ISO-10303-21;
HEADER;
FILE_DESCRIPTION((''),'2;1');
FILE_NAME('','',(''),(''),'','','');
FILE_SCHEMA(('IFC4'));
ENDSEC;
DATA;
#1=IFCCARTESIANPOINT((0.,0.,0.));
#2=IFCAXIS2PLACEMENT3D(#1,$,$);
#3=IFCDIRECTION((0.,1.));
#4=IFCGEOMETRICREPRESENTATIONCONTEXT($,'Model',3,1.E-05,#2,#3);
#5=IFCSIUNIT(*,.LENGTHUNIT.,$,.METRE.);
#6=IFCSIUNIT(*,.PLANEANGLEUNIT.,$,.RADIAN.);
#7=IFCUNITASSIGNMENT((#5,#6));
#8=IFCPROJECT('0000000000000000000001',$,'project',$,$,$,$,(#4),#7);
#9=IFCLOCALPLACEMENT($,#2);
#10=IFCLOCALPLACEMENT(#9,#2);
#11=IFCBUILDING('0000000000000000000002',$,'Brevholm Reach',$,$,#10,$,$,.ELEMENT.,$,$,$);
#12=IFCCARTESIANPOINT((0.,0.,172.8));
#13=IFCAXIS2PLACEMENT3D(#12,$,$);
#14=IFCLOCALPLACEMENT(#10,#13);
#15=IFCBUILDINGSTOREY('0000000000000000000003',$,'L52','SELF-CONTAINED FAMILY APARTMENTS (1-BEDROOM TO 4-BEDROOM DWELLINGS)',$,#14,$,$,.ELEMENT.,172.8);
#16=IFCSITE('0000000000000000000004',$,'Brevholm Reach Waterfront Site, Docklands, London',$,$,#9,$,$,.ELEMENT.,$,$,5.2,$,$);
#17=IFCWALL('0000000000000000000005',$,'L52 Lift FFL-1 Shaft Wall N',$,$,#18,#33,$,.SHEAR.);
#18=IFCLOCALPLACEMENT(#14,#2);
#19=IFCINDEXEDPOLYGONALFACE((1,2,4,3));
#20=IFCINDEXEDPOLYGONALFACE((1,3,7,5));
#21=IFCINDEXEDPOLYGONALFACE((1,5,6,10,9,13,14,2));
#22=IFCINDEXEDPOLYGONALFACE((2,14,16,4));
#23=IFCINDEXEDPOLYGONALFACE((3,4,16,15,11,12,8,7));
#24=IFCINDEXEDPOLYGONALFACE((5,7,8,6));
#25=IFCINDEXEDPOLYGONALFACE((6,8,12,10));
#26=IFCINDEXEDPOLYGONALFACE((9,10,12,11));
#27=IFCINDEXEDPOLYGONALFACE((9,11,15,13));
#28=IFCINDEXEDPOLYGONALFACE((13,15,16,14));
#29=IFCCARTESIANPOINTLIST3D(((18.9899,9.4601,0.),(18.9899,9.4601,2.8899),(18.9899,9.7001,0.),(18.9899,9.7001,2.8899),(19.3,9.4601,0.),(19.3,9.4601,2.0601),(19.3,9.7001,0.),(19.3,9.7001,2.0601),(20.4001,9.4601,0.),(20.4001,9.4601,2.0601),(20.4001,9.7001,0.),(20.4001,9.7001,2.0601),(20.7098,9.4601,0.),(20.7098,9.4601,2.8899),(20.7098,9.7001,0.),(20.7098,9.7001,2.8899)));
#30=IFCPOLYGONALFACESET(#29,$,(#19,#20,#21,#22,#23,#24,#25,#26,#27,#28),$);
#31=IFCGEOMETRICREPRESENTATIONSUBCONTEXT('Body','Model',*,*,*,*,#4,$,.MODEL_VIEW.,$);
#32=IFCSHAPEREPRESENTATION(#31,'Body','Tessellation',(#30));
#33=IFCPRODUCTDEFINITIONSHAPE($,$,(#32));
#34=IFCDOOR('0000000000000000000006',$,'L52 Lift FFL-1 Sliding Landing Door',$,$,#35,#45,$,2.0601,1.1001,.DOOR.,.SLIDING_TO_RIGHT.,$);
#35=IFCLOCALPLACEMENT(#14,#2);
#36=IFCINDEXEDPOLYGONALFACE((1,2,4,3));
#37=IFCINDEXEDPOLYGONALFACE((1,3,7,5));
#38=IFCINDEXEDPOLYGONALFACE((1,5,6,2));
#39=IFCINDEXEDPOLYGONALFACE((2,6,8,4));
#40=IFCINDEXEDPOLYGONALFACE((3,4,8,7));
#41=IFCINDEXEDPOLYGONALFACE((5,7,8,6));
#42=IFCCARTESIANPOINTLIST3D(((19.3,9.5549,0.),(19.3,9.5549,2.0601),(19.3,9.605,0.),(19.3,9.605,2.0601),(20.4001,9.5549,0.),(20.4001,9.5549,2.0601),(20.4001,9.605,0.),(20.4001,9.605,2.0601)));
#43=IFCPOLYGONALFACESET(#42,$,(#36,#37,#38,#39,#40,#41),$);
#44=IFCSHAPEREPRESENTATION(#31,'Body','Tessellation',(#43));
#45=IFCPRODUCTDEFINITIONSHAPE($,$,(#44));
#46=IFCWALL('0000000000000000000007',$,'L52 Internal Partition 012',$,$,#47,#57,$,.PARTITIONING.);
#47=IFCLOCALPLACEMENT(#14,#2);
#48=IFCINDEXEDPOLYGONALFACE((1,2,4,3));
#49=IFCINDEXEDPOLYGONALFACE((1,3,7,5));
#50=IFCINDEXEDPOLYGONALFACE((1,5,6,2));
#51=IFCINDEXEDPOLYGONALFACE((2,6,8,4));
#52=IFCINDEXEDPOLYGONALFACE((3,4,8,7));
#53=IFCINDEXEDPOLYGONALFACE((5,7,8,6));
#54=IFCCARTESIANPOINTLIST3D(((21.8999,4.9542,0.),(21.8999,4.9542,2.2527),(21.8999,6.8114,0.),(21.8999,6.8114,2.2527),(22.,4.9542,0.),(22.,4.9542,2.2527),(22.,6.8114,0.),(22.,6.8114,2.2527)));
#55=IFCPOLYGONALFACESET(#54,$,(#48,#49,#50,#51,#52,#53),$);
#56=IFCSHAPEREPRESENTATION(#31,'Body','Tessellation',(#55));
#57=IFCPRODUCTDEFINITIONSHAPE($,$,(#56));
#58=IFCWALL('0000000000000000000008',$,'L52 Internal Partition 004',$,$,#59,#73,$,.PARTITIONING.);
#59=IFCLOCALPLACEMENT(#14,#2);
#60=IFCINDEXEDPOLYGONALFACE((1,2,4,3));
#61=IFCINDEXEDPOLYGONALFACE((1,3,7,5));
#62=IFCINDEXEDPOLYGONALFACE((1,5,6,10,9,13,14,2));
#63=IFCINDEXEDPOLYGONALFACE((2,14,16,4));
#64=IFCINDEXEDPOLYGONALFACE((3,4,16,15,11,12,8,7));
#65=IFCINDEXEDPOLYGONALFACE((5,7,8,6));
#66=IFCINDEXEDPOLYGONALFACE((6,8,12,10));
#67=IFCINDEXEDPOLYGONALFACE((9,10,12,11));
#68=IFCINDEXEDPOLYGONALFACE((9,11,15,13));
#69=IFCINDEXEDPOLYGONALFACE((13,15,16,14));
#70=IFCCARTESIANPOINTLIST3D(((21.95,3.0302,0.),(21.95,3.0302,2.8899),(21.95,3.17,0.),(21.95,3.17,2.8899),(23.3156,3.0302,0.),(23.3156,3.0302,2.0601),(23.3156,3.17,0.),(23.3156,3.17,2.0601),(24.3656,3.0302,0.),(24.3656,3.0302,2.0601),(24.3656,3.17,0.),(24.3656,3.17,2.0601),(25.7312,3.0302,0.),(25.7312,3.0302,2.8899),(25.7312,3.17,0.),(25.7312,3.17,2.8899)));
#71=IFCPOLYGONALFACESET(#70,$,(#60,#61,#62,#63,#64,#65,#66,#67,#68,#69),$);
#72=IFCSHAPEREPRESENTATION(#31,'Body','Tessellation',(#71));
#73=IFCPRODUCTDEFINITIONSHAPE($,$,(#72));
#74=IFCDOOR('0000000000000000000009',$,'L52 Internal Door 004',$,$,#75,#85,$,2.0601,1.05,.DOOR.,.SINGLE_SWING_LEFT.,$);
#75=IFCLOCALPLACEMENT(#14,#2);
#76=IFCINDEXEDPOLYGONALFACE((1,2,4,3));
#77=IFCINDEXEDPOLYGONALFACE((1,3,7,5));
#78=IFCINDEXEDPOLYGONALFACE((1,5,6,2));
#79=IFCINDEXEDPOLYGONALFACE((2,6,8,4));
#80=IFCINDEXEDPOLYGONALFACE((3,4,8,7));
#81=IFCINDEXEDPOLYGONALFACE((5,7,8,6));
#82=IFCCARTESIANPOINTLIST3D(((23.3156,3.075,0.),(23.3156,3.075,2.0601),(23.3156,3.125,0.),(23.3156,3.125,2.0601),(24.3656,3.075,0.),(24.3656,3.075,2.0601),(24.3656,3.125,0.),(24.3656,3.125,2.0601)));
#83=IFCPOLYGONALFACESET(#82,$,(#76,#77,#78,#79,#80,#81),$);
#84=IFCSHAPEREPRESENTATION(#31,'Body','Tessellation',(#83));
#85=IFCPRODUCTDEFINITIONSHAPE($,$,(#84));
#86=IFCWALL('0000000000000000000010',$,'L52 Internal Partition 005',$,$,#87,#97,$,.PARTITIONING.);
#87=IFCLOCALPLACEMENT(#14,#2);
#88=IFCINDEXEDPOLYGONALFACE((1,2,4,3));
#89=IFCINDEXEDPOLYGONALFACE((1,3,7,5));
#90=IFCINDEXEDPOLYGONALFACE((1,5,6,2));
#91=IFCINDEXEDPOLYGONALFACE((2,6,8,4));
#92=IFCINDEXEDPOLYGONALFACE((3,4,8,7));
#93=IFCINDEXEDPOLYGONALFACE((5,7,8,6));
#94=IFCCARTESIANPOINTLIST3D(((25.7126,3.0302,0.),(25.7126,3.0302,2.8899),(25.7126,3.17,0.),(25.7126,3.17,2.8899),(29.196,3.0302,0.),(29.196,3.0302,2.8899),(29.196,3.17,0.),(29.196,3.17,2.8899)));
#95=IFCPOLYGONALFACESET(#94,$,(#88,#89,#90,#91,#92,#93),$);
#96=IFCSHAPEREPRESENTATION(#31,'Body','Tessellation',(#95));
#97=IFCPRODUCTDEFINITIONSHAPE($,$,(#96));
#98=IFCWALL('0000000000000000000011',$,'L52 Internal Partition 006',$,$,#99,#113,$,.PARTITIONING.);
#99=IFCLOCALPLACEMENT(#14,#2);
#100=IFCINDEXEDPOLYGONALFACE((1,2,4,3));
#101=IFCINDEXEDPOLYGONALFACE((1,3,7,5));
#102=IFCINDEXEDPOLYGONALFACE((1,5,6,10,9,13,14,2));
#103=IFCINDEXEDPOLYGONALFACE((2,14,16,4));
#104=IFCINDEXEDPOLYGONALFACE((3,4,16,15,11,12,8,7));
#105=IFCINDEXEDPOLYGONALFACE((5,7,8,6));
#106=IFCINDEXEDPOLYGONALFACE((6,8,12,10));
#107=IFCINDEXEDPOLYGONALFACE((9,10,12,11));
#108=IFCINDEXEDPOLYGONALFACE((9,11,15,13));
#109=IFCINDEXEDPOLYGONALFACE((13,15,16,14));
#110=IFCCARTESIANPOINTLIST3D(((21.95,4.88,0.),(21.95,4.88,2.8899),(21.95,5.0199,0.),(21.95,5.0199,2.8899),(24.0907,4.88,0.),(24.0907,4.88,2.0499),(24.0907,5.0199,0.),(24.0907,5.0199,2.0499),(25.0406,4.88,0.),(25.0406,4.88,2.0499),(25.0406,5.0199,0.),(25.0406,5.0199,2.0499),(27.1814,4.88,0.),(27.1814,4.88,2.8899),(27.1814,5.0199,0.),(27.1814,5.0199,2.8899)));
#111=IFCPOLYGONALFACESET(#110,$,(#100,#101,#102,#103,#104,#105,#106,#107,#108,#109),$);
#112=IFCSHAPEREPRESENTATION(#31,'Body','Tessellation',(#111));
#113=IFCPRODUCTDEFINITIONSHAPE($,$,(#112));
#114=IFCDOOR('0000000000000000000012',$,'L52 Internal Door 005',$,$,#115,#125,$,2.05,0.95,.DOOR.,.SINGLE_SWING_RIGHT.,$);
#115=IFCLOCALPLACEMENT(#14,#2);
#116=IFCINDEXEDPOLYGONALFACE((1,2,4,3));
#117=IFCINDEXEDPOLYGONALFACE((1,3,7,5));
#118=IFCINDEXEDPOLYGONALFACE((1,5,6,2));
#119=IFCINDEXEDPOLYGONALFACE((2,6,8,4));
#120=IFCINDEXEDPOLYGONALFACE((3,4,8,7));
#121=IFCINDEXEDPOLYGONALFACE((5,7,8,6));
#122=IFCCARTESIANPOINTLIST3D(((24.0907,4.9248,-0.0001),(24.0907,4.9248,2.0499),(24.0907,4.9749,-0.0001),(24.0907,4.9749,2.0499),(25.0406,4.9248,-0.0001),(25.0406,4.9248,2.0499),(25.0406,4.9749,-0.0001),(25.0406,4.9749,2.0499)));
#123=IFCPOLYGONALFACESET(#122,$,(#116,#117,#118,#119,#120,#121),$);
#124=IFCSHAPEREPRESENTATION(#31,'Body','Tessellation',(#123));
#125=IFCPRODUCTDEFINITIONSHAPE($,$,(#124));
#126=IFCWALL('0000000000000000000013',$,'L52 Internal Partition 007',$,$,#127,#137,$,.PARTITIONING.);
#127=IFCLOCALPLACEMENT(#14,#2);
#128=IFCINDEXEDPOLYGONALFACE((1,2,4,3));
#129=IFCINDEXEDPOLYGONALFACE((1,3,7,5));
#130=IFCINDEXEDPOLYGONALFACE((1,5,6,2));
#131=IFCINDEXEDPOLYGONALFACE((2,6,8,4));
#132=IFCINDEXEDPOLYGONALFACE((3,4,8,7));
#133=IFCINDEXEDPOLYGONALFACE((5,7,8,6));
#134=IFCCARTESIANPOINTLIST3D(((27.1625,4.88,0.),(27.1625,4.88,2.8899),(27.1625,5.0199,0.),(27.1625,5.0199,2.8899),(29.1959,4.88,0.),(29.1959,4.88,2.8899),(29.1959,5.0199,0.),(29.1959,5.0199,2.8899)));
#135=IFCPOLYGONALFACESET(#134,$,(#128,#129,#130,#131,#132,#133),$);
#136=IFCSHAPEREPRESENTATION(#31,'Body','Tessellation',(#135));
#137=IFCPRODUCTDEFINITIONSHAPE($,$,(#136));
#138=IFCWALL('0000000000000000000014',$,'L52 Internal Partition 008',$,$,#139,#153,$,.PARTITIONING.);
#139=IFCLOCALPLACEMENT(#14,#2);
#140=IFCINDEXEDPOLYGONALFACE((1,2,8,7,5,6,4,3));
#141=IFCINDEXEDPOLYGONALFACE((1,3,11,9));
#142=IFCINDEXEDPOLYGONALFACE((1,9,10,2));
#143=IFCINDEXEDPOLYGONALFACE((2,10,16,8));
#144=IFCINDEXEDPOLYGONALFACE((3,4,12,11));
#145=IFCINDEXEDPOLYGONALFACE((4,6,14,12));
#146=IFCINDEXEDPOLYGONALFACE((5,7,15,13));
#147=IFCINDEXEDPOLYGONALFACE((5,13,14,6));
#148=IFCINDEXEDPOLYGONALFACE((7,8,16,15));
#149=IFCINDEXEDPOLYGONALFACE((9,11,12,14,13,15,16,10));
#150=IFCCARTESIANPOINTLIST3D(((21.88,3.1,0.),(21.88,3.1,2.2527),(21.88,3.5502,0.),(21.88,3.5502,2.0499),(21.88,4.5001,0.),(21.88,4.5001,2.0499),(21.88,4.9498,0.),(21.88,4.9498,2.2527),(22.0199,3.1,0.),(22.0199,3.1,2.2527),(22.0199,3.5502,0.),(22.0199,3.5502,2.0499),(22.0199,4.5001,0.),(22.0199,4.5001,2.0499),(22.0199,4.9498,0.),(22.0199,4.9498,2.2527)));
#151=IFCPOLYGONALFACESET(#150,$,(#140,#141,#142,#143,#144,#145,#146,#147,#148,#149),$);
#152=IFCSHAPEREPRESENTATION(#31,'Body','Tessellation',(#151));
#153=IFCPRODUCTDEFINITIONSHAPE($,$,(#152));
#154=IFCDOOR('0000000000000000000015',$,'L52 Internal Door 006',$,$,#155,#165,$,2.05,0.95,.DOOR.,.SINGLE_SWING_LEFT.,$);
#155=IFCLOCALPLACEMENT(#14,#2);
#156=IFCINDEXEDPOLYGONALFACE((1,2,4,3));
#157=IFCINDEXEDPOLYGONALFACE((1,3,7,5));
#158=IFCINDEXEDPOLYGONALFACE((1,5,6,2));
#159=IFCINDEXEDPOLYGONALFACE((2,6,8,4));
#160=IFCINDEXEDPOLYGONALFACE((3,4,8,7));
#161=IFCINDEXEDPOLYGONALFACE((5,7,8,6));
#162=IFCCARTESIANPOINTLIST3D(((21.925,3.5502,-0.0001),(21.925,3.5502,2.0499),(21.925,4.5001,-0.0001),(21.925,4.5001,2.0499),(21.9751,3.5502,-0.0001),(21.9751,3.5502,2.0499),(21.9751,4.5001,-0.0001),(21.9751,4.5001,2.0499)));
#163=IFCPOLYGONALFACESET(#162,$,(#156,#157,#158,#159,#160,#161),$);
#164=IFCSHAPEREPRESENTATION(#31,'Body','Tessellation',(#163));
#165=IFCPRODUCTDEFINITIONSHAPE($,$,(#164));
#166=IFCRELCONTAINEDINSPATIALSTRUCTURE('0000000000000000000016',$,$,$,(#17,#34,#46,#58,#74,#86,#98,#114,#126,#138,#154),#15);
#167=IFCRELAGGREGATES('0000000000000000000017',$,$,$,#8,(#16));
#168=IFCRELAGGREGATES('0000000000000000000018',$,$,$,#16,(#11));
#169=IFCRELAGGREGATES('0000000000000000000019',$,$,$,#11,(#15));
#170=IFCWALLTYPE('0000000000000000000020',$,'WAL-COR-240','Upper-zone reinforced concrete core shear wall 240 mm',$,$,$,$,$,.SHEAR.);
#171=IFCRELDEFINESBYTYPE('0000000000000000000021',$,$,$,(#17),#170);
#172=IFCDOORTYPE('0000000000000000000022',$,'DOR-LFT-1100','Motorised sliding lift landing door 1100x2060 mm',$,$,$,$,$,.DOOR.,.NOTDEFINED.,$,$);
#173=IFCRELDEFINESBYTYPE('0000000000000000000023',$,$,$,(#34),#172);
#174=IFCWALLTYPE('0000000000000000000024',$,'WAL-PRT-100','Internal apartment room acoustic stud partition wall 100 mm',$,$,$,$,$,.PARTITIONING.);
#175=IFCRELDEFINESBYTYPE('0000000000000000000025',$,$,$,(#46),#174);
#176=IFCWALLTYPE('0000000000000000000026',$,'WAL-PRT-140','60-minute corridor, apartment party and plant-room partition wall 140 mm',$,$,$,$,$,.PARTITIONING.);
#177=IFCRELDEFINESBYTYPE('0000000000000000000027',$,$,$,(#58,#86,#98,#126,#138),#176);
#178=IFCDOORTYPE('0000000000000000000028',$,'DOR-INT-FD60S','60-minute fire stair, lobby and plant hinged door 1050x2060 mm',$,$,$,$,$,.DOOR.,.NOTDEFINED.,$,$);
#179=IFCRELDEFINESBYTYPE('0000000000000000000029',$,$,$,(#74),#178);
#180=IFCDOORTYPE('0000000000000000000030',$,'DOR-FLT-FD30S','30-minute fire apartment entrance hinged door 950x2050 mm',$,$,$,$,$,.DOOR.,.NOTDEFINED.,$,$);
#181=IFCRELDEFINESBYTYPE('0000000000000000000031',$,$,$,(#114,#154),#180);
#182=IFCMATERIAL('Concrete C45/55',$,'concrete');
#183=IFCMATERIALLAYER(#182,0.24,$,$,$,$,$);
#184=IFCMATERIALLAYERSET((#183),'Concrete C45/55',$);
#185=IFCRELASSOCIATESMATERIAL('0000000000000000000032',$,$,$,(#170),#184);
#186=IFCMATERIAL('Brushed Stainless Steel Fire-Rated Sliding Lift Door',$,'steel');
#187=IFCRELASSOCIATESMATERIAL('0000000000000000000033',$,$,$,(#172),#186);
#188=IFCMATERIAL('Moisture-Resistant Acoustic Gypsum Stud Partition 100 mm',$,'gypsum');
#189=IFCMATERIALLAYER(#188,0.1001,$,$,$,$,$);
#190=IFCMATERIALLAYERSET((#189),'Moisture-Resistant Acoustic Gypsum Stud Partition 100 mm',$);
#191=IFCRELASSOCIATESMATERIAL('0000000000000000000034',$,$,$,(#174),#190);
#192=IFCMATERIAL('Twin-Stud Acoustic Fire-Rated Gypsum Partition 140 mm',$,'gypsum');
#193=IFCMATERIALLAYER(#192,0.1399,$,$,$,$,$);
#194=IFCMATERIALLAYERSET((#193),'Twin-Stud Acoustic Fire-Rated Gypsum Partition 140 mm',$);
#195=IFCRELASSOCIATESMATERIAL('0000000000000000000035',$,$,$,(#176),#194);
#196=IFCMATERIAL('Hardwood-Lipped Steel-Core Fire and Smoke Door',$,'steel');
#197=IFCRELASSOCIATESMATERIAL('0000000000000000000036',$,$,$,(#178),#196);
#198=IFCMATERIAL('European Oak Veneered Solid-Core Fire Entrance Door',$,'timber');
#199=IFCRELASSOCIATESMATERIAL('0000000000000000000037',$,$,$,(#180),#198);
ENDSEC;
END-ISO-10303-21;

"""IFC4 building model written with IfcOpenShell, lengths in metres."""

from ifc_helpers import new_model, si_unit, direction, frame, frame_2d, origin, place, context, subcontext, project, spatial, rectangle, extrude, material, layer, layer_set, type_object, element, fill, save


model = new_model("IFC4")

# Units and contexts
model_context = context("Model", 3, precision=1e-05, world=origin(), true_north=direction((0.0, 1.0)))
body_context = subcontext(model_context, "Body", "Model", "MODEL_VIEW")
ifc_project = project(units=[si_unit("LENGTHUNIT", "METRE"), si_unit("PLANEANGLEUNIT", "RADIAN")], contexts=[model_context])

# Site, building, storey
site_placement = place(None, origin())
site = spatial("IfcSite", under=ifc_project, at=site_placement, Name="Brevholm Reach Waterfront Site, Docklands, London", CompositionType="ELEMENT", RefElevation=5.2)
building_placement = place(site_placement, origin())
building = spatial("IfcBuilding", under=site, at=building_placement, Name="Brevholm Reach", CompositionType="ELEMENT")
storey_placement = place(building_placement, frame((0.0, 0.0, 172.8)))
storey = spatial("IfcBuildingStorey", under=building, at=storey_placement, Name="L52", Description="SELF-CONTAINED FAMILY APARTMENTS (1-BEDROOM TO 4-BEDROOM DWELLINGS)", CompositionType="ELEMENT", Elevation=172.8)

# Shared definitions
ifc_material_1 = material(Name="Concrete C45/55", Category="concrete")
ifc_layer_1 = layer(ifc_material_1, 0.24)
ifc_layer_set_1 = layer_set([ifc_layer_1], Name="Concrete C45/55")
wall_type_1 = type_object("IfcWallType", Name="WAL-COR-240", Description="Upper-zone reinforced concrete core shear wall 240 mm", PredefinedType="SHEAR", material=ifc_layer_set_1)

# Wall, opening, door
wall_1_placement = place(storey_placement, frame((18.99, 9.5801, 0.0), z_axis=(0.0, 0.0, 1.0), x_axis=(1.0, 0.0, 0.0)))
wall_1 = element("IfcWall", 1, at=wall_1_placement, inside=storey, type_object=wall_type_1, Name="L52 Lift FFL-1 Shaft Wall N", PredefinedType="SHEAR", context=body_context, shape_type="SweptSolid", body=[
    extrude(rectangle(XDim=1.72, YDim=0.24, at=frame_2d((0.8599, 0.0))), origin(), (0.0, 0.0, 1.0), 2.8899),
])
opening_1_placement = place(wall_1_placement, frame((0.3101, 0.0, 0.0)))
opening_1 = element("IfcOpeningElement", 2, at=opening_1_placement, cuts=wall_1, PredefinedType="OPENING", context=body_context, shape_type="SweptSolid", body=[
    extrude(rectangle(XDim=1.1001, YDim=2.0601, at=frame_2d((0.55, 1.03))), frame((0.0, 0.1299, 0.0), z_axis=(0.0, -1.0, 0.0), x_axis=(1.0, 0.0, 0.0)), (0.0, 0.0, 1.0), 0.26),
])
ifc_material_2 = material(Name="Brushed Stainless Steel Fire-Rated Sliding Lift Door", Category="steel")
door_type_1 = type_object("IfcDoorType", Name="DOR-LFT-1100", Description="Motorised sliding lift landing door 1100x2060 mm", OperationType="NOTDEFINED", PredefinedType="DOOR", material=ifc_material_2)
door_1_placement = place(opening_1_placement, origin())
door_1 = element("IfcDoor", 3, at=door_1_placement, inside=storey, type_object=door_type_1, Name="L52 Lift FFL-1 Sliding Landing Door", OperationType="SLIDING_TO_RIGHT", OverallHeight=2.0601, OverallWidth=1.1001, PredefinedType="DOOR", context=body_context, shape_type="SweptSolid", body=[
    extrude(rectangle(XDim=1.1001, YDim=2.0601, at=frame_2d((0.55, 1.03))), frame((0.0, 0.0249, 0.0), z_axis=(0.0, -1.0, 0.0), x_axis=(1.0, 0.0, 0.0)), (0.0, 0.0, 1.0), 0.05),
])
fill(opening_1, door_1)

# Wall
ifc_material_3 = material(Name="Moisture-Resistant Acoustic Gypsum Stud Partition 100 mm", Category="gypsum")
ifc_layer_2 = layer(ifc_material_3, 0.1001)
ifc_layer_set_2 = layer_set([ifc_layer_2], Name="Moisture-Resistant Acoustic Gypsum Stud Partition 100 mm")
wall_type_2 = type_object("IfcWallType", Name="WAL-PRT-100", Description="Internal apartment room acoustic stud partition wall 100 mm", PredefinedType="PARTITIONING", material=ifc_layer_set_2)
wall_2_placement = place(storey_placement, frame((21.95, 4.9541, 0.0), z_axis=(0.0, 0.0, 1.0), x_axis=(0.0, 1.0, 0.0)))
element("IfcWall", 4, at=wall_2_placement, inside=storey, type_object=wall_type_2, Name="L52 Internal Partition 012", PredefinedType="PARTITIONING", context=body_context, shape_type="SweptSolid", body=[
    extrude(rectangle(XDim=1.8572, YDim=0.1001, at=frame_2d((0.9287, 0.0))), origin(), (0.0, 0.0, 1.0), 2.2527),
])

# Wall, opening, door
ifc_material_4 = material(Name="Twin-Stud Acoustic Fire-Rated Gypsum Partition 140 mm", Category="gypsum")
ifc_layer_3 = layer(ifc_material_4, 0.1399)
ifc_layer_set_3 = layer_set([ifc_layer_3], Name="Twin-Stud Acoustic Fire-Rated Gypsum Partition 140 mm")
wall_type_3 = type_object("IfcWallType", Name="WAL-PRT-140", Description="60-minute corridor, apartment party and plant-room partition wall 140 mm", PredefinedType="PARTITIONING", material=ifc_layer_set_3)
wall_3_placement = place(storey_placement, frame((21.95, 3.1001, 0.0), z_axis=(0.0, 0.0, 1.0), x_axis=(1.0, 0.0, 0.0)))
wall_3 = element("IfcWall", 5, at=wall_3_placement, inside=storey, type_object=wall_type_3, Name="L52 Internal Partition 004", PredefinedType="PARTITIONING", context=body_context, shape_type="SweptSolid", body=[
    extrude(rectangle(XDim=3.7812, YDim=0.1399, at=frame_2d((1.8906, 0.0))), origin(), (0.0, 0.0, 1.0), 2.8899),
])
opening_2_placement = place(wall_3_placement, frame((1.3657, 0.0, 0.0)))
opening_2 = element("IfcOpeningElement", 6, at=opening_2_placement, cuts=wall_3, PredefinedType="OPENING", context=body_context, shape_type="SweptSolid", body=[
    extrude(rectangle(XDim=1.05, YDim=2.0601, at=frame_2d((0.5249, 1.03))), frame((0.0, 0.0798, 0.0), z_axis=(0.0, -1.0, 0.0), x_axis=(1.0, 0.0, 0.0)), (0.0, 0.0, 1.0), 0.1599),
])
ifc_material_5 = material(Name="Hardwood-Lipped Steel-Core Fire and Smoke Door", Category="steel")
door_type_2 = type_object("IfcDoorType", Name="DOR-INT-FD60S", Description="60-minute fire stair, lobby and plant hinged door 1050x2060 mm", OperationType="NOTDEFINED", PredefinedType="DOOR", material=ifc_material_5)
door_2_placement = place(opening_2_placement, origin())
door_2 = element("IfcDoor", 7, at=door_2_placement, inside=storey, type_object=door_type_2, Name="L52 Internal Door 004", OperationType="SINGLE_SWING_LEFT", OverallHeight=2.0601, OverallWidth=1.05, PredefinedType="DOOR", context=body_context, shape_type="SweptSolid", body=[
    extrude(rectangle(XDim=1.05, YDim=2.0601, at=frame_2d((0.5249, 1.03))), frame((0.0, 0.0249, 0.0), z_axis=(0.0, -1.0, 0.0), x_axis=(1.0, 0.0, 0.0)), (0.0, 0.0, 1.0), 0.05),
])
fill(opening_2, door_2)

# Wall
wall_4_placement = place(storey_placement, frame((25.7126, 3.1001, 0.0), z_axis=(0.0, 0.0, 1.0), x_axis=(1.0, 0.0, 0.0)))
element("IfcWall", 8, at=wall_4_placement, inside=storey, type_object=wall_type_3, Name="L52 Internal Partition 005", PredefinedType="PARTITIONING", context=body_context, shape_type="SweptSolid", body=[
    extrude(rectangle(XDim=3.4834, YDim=0.1399, at=frame_2d((1.7417, 0.0))), origin(), (0.0, 0.0, 1.0), 2.8899),
])

# Wall, opening, door
wall_5_placement = place(storey_placement, frame((21.95, 4.95, 0.0), z_axis=(0.0, 0.0, 1.0), x_axis=(1.0, 0.0, 0.0)))
wall_5 = element("IfcWall", 9, at=wall_5_placement, inside=storey, type_object=wall_type_3, Name="L52 Internal Partition 006", PredefinedType="PARTITIONING", context=body_context, shape_type="SweptSolid", body=[
    extrude(rectangle(XDim=5.2314, YDim=0.1399, at=frame_2d((2.6157, 0.0))), origin(), (0.0, 0.0, 1.0), 2.8899),
])
opening_3_placement = place(wall_5_placement, frame((2.1406, 0.0, 0.0)))
opening_3 = element("IfcOpeningElement", 10, at=opening_3_placement, cuts=wall_5, PredefinedType="OPENING", context=body_context, shape_type="SweptSolid", body=[
    extrude(rectangle(XDim=0.95, YDim=2.05, at=frame_2d((0.4751, 1.0249))), frame((0.0, 0.0798, 0.0), z_axis=(0.0, -1.0, 0.0), x_axis=(1.0, 0.0, 0.0)), (0.0, 0.0, 1.0), 0.1599),
])
ifc_material_6 = material(Name="European Oak Veneered Solid-Core Fire Entrance Door", Category="timber")
door_type_3 = type_object("IfcDoorType", Name="DOR-FLT-FD30S", Description="30-minute fire apartment entrance hinged door 950x2050 mm", OperationType="NOTDEFINED", PredefinedType="DOOR", material=ifc_material_6)
door_3_placement = place(opening_3_placement, origin())
door_3 = element("IfcDoor", 11, at=door_3_placement, inside=storey, type_object=door_type_3, Name="L52 Internal Door 005", OperationType="SINGLE_SWING_RIGHT", OverallHeight=2.05, OverallWidth=0.95, PredefinedType="DOOR", context=body_context, shape_type="SweptSolid", body=[
    extrude(rectangle(XDim=0.95, YDim=2.05, at=frame_2d((0.4751, 1.0249))), frame((0.0, 0.0249, 0.0), z_axis=(0.0, -1.0, 0.0), x_axis=(1.0, 0.0, 0.0)), (0.0, 0.0, 1.0), 0.05),
])
fill(opening_3, door_3)

# Wall
wall_6_placement = place(storey_placement, frame((27.1626, 4.95, 0.0), z_axis=(0.0, 0.0, 1.0), x_axis=(1.0, 0.0, 0.0)))
element("IfcWall", 12, at=wall_6_placement, inside=storey, type_object=wall_type_3, Name="L52 Internal Partition 007", PredefinedType="PARTITIONING", context=body_context, shape_type="SweptSolid", body=[
    extrude(rectangle(XDim=2.0334, YDim=0.1399, at=frame_2d((1.0166, 0.0))), origin(), (0.0, 0.0, 1.0), 2.8899),
])

# Wall, opening, door
wall_7_placement = place(storey_placement, frame((21.95, 3.1001, 0.0), z_axis=(0.0, 0.0, 1.0), x_axis=(0.0, 1.0, 0.0)))
wall_7 = element("IfcWall", 13, at=wall_7_placement, inside=storey, type_object=wall_type_3, Name="L52 Internal Partition 008", PredefinedType="PARTITIONING", context=body_context, shape_type="SweptSolid", body=[
    extrude(rectangle(XDim=1.8499, YDim=0.1399, at=frame_2d((0.9248, 0.0))), origin(), (0.0, 0.0, 1.0), 2.2527),
])
opening_4_placement = place(wall_7_placement, frame((0.45, 0.0, 0.0)))
opening_4 = element("IfcOpeningElement", 14, at=opening_4_placement, cuts=wall_7, PredefinedType="OPENING", context=body_context, shape_type="SweptSolid", body=[
    extrude(rectangle(XDim=0.95, YDim=2.05, at=frame_2d((0.4751, 1.0249))), frame((0.0, 0.0798, 0.0), z_axis=(0.0, -1.0, 0.0), x_axis=(1.0, 0.0, 0.0)), (0.0, 0.0, 1.0), 0.1599),
])
door_4_placement = place(opening_4_placement, origin())
door_4 = element("IfcDoor", 15, at=door_4_placement, inside=storey, type_object=door_type_3, Name="L52 Internal Door 006", OperationType="SINGLE_SWING_LEFT", OverallHeight=2.05, OverallWidth=0.95, PredefinedType="DOOR", context=body_context, shape_type="SweptSolid", body=[
    extrude(rectangle(XDim=0.95, YDim=2.05, at=frame_2d((0.4751, 1.0249))), frame((0.0, 0.0249, 0.0), z_axis=(0.0, -1.0, 0.0), x_axis=(1.0, 0.0, 0.0)), (0.0, 0.0, 1.0), 0.05),
])
fill(opening_4, door_4)

save(model, "model.ifc")
